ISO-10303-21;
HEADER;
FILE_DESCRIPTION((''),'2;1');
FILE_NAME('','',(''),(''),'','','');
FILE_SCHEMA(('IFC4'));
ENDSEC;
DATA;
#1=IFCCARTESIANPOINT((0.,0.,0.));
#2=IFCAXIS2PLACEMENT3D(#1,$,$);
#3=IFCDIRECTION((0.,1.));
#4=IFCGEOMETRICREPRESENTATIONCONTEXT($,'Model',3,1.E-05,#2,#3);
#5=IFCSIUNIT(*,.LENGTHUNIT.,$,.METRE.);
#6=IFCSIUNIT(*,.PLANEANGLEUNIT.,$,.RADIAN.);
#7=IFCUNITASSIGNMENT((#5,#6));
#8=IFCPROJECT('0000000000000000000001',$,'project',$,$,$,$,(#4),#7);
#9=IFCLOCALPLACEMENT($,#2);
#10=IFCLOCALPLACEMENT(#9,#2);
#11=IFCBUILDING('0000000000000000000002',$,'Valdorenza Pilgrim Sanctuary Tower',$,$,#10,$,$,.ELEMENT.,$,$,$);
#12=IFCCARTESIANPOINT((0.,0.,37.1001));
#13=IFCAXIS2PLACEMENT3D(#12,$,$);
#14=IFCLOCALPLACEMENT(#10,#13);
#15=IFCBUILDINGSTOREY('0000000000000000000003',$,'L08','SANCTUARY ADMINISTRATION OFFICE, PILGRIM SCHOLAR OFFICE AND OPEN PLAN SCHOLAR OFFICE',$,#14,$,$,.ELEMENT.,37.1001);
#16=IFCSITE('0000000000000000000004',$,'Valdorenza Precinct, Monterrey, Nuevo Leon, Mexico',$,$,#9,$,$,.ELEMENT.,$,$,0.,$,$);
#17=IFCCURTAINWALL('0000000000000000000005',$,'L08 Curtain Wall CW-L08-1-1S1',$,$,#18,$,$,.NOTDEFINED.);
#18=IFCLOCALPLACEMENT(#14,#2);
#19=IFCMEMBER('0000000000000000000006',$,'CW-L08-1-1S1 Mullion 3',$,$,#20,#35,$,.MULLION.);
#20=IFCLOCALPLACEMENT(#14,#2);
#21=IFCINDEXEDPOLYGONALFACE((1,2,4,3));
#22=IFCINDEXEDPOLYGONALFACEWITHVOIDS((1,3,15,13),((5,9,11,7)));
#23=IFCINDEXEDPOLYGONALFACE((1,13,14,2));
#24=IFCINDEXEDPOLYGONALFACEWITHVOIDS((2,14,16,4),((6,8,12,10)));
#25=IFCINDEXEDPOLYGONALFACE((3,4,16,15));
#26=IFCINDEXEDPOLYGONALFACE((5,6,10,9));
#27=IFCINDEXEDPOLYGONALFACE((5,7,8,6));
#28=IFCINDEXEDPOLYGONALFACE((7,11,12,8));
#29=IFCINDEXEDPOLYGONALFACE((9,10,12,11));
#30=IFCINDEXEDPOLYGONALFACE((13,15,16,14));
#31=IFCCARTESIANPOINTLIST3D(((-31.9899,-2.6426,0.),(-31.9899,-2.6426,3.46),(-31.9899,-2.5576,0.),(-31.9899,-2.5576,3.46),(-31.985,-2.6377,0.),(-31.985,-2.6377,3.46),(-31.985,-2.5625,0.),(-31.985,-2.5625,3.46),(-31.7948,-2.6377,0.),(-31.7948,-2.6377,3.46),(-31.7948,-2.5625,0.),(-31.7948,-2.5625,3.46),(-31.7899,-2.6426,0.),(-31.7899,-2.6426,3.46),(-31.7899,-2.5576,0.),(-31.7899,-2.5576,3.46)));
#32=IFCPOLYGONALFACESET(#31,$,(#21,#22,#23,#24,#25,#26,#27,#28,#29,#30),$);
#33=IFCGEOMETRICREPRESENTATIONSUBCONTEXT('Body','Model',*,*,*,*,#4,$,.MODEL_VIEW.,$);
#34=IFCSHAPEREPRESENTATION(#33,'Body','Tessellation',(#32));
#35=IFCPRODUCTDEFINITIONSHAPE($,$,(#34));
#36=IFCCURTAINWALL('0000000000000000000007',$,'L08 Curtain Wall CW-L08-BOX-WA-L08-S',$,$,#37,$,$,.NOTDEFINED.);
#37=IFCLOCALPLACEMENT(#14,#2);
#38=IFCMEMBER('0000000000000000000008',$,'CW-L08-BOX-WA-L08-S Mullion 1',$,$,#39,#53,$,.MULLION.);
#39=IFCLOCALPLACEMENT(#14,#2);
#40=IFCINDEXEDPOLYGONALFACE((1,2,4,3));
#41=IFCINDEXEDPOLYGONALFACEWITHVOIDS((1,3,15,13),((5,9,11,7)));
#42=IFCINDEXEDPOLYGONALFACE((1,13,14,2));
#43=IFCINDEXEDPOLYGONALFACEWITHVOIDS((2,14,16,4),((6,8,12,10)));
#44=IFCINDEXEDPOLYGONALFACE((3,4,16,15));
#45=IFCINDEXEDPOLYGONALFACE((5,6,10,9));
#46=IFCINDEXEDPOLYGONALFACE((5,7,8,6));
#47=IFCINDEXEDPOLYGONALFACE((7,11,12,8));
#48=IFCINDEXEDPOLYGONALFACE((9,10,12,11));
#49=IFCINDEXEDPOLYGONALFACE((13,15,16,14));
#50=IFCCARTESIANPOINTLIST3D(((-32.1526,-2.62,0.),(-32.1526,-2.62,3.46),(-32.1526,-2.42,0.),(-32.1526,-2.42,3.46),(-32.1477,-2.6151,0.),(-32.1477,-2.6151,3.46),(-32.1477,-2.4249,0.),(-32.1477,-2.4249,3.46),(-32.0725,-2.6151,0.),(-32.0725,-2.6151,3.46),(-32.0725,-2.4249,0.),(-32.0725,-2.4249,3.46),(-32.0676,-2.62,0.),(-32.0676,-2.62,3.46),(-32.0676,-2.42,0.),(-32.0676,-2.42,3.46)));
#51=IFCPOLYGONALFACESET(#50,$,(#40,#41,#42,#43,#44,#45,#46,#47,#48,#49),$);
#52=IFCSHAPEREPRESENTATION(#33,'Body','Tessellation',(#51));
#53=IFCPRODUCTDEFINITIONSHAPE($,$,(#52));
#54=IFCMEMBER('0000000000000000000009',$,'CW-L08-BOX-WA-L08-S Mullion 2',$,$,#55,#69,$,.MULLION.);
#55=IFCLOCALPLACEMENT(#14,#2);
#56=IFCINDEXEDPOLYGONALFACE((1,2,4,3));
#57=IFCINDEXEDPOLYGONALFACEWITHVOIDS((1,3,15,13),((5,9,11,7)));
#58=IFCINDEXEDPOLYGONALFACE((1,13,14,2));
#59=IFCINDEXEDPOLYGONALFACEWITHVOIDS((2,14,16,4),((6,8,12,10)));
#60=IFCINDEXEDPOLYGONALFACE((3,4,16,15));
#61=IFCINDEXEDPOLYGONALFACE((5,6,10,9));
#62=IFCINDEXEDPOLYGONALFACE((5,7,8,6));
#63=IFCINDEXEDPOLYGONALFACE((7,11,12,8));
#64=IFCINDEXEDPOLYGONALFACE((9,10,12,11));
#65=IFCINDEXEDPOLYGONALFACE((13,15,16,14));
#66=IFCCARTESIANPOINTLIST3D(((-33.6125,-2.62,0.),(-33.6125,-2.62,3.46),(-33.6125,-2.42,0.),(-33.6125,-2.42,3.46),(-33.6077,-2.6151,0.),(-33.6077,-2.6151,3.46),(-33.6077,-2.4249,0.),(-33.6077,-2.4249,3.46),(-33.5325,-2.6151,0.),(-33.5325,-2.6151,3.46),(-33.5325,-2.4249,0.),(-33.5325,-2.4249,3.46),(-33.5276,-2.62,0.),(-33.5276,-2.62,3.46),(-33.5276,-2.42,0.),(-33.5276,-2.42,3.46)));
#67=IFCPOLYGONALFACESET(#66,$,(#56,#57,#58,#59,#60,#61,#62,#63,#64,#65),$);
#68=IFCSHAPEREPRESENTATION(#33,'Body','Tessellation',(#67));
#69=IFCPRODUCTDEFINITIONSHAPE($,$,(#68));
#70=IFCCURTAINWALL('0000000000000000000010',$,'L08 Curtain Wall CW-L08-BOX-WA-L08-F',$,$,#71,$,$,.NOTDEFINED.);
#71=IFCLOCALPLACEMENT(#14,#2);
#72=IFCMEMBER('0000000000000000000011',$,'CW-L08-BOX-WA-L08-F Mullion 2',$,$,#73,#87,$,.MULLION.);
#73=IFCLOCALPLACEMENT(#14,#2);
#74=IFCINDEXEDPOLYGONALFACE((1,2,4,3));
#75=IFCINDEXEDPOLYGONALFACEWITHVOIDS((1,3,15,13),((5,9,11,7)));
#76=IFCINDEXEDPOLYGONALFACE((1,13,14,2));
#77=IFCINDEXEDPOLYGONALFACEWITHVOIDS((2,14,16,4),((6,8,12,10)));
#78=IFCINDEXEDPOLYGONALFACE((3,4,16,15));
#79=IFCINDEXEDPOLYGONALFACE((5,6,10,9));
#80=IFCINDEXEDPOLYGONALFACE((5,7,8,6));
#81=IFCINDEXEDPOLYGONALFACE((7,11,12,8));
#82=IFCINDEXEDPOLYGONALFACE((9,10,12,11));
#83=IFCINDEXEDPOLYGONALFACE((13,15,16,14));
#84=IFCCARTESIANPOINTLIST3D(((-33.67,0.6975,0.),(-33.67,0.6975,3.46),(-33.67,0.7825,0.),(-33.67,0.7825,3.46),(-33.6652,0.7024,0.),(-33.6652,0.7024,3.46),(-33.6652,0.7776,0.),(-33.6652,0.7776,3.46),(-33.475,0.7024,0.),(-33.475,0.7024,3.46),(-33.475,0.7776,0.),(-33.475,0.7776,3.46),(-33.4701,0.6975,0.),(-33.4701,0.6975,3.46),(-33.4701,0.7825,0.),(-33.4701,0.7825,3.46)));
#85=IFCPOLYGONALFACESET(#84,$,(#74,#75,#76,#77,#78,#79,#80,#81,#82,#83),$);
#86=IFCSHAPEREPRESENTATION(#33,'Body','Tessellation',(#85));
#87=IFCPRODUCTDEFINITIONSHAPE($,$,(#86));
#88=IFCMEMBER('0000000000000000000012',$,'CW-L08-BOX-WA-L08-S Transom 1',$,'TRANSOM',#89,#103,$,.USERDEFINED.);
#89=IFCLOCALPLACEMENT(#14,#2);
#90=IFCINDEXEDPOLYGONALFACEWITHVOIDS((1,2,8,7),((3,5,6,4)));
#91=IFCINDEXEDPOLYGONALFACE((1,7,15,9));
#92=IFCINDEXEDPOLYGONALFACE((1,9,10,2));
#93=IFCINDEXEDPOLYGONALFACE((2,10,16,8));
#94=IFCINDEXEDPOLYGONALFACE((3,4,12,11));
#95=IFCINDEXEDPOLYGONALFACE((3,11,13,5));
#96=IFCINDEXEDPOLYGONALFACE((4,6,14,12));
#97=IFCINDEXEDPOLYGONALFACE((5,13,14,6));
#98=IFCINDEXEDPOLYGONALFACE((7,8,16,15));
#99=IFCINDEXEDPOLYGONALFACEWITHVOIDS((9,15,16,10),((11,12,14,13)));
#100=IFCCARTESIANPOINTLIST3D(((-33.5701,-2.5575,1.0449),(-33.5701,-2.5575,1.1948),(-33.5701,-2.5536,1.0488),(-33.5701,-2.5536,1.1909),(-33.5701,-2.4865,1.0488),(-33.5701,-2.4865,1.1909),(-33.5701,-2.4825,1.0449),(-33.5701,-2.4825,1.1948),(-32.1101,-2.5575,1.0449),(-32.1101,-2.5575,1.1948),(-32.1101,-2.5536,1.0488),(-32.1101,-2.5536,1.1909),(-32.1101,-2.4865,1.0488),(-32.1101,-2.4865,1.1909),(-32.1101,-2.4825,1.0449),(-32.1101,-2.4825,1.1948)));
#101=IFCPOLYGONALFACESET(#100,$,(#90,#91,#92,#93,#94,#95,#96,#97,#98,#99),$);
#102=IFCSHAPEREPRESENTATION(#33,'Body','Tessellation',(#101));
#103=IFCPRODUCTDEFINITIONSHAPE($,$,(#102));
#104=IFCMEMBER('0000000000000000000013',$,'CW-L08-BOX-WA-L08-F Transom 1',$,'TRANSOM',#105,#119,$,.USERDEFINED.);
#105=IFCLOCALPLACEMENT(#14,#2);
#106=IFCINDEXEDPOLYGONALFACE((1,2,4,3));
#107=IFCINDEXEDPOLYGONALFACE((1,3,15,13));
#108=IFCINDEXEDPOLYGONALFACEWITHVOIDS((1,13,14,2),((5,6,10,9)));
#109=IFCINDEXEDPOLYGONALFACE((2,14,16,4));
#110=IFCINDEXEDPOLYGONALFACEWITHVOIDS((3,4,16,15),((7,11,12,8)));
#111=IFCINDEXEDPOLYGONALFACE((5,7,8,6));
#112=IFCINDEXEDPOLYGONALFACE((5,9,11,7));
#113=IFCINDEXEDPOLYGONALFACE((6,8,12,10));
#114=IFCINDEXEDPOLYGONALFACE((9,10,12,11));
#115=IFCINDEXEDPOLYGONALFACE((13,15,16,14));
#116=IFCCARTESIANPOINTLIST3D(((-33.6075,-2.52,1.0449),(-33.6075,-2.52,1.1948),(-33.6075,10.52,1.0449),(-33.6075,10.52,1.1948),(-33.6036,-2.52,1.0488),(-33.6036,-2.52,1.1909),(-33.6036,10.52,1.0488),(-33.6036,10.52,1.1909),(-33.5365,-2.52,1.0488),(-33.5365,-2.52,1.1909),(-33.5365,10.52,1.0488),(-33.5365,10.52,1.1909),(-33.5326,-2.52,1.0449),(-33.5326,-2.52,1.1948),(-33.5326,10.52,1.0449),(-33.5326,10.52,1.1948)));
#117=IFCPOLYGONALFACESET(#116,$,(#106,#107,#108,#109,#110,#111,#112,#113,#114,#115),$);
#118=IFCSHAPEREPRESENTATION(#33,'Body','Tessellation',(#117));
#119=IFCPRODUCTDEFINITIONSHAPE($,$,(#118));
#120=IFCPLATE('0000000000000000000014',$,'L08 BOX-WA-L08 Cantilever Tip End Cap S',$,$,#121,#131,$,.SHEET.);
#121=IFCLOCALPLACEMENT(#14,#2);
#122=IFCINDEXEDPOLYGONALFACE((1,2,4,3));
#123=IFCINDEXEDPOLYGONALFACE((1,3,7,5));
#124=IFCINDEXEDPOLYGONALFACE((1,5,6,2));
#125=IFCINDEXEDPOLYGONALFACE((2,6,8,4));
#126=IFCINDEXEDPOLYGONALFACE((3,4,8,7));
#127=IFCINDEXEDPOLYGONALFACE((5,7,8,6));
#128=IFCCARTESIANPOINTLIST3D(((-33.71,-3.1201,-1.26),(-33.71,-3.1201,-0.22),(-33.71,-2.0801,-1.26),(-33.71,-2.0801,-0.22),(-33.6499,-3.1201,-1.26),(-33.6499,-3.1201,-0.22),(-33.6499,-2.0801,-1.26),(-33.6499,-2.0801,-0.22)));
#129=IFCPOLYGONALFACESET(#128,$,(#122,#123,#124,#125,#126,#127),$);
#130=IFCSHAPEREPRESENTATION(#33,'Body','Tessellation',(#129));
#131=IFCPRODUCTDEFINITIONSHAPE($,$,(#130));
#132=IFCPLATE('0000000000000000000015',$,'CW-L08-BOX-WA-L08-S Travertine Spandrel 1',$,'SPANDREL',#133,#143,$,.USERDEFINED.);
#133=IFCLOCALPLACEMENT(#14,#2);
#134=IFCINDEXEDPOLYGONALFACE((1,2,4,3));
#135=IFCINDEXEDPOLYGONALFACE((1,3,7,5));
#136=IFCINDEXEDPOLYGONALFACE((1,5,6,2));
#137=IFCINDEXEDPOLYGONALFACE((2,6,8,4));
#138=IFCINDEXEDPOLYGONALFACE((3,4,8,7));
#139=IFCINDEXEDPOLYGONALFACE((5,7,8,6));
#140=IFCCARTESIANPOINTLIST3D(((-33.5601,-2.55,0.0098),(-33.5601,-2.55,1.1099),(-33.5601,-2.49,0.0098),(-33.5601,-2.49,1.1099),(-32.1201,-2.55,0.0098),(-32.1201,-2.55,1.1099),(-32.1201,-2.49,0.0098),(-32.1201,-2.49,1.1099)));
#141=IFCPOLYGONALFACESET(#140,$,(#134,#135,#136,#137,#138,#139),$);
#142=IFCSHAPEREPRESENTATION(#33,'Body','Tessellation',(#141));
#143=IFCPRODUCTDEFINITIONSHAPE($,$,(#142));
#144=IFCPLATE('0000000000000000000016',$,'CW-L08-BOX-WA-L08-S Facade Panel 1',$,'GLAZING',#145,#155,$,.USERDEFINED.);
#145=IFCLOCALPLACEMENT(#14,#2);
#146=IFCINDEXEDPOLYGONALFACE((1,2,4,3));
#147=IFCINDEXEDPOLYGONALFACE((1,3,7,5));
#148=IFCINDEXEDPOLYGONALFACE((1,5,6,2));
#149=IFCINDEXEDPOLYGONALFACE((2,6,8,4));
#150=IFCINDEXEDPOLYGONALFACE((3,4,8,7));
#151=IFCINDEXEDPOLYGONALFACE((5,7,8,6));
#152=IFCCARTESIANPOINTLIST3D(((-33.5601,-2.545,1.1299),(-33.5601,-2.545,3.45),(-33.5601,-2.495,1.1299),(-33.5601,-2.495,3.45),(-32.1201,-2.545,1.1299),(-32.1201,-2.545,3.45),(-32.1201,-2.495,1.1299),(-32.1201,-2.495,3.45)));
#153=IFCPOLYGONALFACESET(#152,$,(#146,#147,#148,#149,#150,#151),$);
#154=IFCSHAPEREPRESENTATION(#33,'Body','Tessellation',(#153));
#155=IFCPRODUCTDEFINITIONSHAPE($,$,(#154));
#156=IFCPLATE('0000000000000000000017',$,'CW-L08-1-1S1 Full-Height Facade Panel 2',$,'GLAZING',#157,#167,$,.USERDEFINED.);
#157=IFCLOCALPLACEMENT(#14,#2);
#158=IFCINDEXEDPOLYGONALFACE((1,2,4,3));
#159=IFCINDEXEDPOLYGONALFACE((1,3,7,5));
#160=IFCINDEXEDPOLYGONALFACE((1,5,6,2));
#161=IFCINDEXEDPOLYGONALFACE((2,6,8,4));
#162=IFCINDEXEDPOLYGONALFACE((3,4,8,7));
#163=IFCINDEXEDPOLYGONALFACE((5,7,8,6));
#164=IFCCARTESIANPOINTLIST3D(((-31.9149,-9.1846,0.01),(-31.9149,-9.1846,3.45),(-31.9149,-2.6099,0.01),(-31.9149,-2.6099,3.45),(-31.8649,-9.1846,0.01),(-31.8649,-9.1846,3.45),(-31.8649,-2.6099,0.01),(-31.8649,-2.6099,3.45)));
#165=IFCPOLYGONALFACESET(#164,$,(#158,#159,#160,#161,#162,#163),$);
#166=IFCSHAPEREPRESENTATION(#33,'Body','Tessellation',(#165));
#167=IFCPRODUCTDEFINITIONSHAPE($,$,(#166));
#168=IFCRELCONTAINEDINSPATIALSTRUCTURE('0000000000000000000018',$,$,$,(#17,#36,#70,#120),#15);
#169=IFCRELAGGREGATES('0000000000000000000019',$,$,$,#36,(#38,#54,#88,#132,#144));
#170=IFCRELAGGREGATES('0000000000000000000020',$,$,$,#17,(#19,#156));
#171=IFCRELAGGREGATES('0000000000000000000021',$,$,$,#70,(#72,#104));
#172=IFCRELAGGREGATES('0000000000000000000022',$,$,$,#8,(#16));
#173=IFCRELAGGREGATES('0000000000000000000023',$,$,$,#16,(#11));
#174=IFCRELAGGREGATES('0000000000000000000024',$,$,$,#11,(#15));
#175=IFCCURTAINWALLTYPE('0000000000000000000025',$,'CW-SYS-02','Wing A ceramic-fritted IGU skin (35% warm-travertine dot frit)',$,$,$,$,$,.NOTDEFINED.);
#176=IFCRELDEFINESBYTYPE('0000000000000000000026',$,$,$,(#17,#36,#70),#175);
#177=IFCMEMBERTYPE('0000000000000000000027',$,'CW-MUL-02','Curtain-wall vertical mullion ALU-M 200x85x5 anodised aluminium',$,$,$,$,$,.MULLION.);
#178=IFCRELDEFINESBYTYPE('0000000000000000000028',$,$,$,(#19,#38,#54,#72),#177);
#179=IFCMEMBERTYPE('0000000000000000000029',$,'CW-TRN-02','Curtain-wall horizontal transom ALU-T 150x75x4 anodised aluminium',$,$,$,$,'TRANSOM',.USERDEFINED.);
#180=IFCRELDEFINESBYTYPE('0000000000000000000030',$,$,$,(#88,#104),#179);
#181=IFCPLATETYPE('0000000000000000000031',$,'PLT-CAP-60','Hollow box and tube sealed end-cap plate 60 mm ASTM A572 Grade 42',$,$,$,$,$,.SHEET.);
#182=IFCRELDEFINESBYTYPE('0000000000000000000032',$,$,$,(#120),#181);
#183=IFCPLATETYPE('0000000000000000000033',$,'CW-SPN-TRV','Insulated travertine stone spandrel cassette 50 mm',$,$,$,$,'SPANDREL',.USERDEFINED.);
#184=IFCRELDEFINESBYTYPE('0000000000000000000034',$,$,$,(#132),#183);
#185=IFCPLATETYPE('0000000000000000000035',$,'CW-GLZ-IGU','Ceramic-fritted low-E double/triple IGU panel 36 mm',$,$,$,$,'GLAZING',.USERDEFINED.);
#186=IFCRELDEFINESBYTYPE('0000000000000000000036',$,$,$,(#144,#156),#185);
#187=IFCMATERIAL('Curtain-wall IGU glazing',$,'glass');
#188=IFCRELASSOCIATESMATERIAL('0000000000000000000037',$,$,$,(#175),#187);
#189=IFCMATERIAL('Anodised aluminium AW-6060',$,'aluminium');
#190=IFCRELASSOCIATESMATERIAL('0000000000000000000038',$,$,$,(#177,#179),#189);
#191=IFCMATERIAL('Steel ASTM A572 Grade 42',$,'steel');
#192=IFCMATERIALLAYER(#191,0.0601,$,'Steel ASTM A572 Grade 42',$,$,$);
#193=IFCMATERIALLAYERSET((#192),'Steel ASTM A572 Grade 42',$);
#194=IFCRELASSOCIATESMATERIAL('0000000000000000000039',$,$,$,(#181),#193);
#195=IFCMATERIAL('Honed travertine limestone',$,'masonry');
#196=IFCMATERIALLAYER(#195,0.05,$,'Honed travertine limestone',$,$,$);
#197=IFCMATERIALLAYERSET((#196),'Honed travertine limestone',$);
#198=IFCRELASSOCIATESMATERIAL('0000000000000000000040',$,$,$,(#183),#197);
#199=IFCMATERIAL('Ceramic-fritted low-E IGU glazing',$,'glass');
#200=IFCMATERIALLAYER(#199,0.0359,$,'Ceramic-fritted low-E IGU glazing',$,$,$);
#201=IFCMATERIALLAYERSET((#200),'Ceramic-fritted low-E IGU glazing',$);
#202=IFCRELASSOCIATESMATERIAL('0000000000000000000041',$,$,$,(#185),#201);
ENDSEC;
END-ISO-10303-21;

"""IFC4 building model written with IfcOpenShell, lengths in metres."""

from ifc_helpers import new_model, si_unit, direction, frame, origin, origin_2d, place, context, subcontext, project, spatial, rectangle, hollow_rectangle, extrude, source, transform, mapped, material, layer, layer_set, material_profile, profile_set, type_object, element, aggregate, save


model = new_model("IFC4")

# Units and contexts
model_context = context("Model", 3, precision=1e-05, world=origin(), true_north=direction((0.0, 1.0)))
body_context = subcontext(model_context, "Body", "Model", "MODEL_VIEW")
ifc_project = project(units=[si_unit("LENGTHUNIT", "METRE"), si_unit("PLANEANGLEUNIT", "RADIAN")], contexts=[model_context])

# Site, building, storey
site_placement = place(None, origin())
site = spatial("IfcSite", under=ifc_project, at=site_placement, Name="Valdorenza Precinct, Monterrey, Nuevo Leon, Mexico", CompositionType="ELEMENT", RefElevation=0.0)
building_placement = place(site_placement, origin())
building = spatial("IfcBuilding", under=site, at=building_placement, Name="Valdorenza Pilgrim Sanctuary Tower", CompositionType="ELEMENT")
storey_placement = place(building_placement, frame((0.0, 0.0, 37.1001)))
storey = spatial("IfcBuildingStorey", under=building, at=storey_placement, Name="L08", Description="SANCTUARY ADMINISTRATION OFFICE, PILGRIM SCHOLAR OFFICE AND OPEN PLAN SCHOLAR OFFICE", CompositionType="ELEMENT", Elevation=37.1001)

# Shared definitions
ifc_material_1 = material(Name="Steel ASTM A572 Grade 42", Category="steel")

# Curtain wall, member
ifc_material_2 = material(Name="Curtain-wall IGU glazing", Category="glass")
curtain_wall_type = type_object("IfcCurtainWallType", Name="CW-SYS-02", Description="Wing A ceramic-fritted IGU skin (35% warm-travertine dot frit)", PredefinedType="NOTDEFINED", material=ifc_material_2)
curtain_wall_1_placement = place(storey_placement, origin())
curtain_wall_1 = element("IfcCurtainWall", 1, at=curtain_wall_1_placement, inside=storey, type_object=curtain_wall_type, Name="L08 Curtain Wall CW-L08-1-1S1", PredefinedType="NOTDEFINED")
ifc_material_3 = material(Name="Anodised aluminium AW-6060", Category="aluminium")
ifc_material_profile_1 = material_profile(ifc_material_3, hollow_rectangle(XDim=0.085, YDim=0.2, WallThickness=0.0049, at=origin_2d()), Name="ALU-M 200x85x5")
ifc_profile_set_1 = profile_set([ifc_material_profile_1], Name="Anodised aluminium AW-6060")
member_type_1 = type_object("IfcMemberType", Name="CW-MUL-02", Description="Curtain-wall vertical mullion ALU-M 200x85x5 anodised aluminium", PredefinedType="MULLION", material=ifc_profile_set_1)
shared_shape_1 = source(origin(), body_context, "Body", "SweptSolid", [
    extrude(hollow_rectangle(XDim=0.085, YDim=0.2, WallThickness=0.0049, at=origin_2d()), origin(), (0.0, 0.0, 1.0), 3.46),
])
member_1_placement = place(storey_placement, frame((-31.8899, -2.6001, 0.0), z_axis=(0.0, 0.0, 1.0), x_axis=(0.0, 1.0, 0.0)))
member_1 = element("IfcMember", 2, at=member_1_placement, type_object=member_type_1, Name="CW-L08-1-1S1 Mullion 3", PredefinedType="MULLION", context=body_context, shape_type="MappedRepresentation", body=[
    mapped(shared_shape_1, transform((0.0, 0.0, 0.0), x_axis=(1.0, 0.0, 0.0), y_axis=(0.0, 1.0, 0.0), z_axis=(0.0, 0.0, 1.0), scale=1.0)),
])

# Curtain wall, members
curtain_wall_2_placement = place(storey_placement, origin())
curtain_wall_2 = element("IfcCurtainWall", 3, at=curtain_wall_2_placement, inside=storey, type_object=curtain_wall_type, Name="L08 Curtain Wall CW-L08-BOX-WA-L08-S", PredefinedType="NOTDEFINED")
member_2_placement = place(storey_placement, frame((-32.1101, -2.52, 0.0), z_axis=(0.0, 0.0, 1.0), x_axis=(-1.0, 0.0, 0.0)))
member_2 = element("IfcMember", 4, at=member_2_placement, type_object=member_type_1, Name="CW-L08-BOX-WA-L08-S Mullion 1", PredefinedType="MULLION", context=body_context, shape_type="MappedRepresentation", body=[
    mapped(shared_shape_1, transform((0.0, 0.0, 0.0), x_axis=(1.0, 0.0, 0.0), y_axis=(0.0, 1.0, 0.0), z_axis=(0.0, 0.0, 1.0), scale=1.0)),
])
member_3_placement = place(storey_placement, frame((-33.5701, -2.52, 0.0), z_axis=(0.0, 0.0, 1.0), x_axis=(-1.0, 0.0, 0.0)))
member_3 = element("IfcMember", 5, at=member_3_placement, type_object=member_type_1, Name="CW-L08-BOX-WA-L08-S Mullion 2", PredefinedType="MULLION", context=body_context, shape_type="MappedRepresentation", body=[
    mapped(shared_shape_1, transform((0.0, 0.0, 0.0), x_axis=(1.0, 0.0, 0.0), y_axis=(0.0, 1.0, 0.0), z_axis=(0.0, 0.0, 1.0), scale=1.0)),
])

# Curtain wall, member
curtain_wall_3_placement = place(storey_placement, origin())
curtain_wall_3 = element("IfcCurtainWall", 6, at=curtain_wall_3_placement, inside=storey, type_object=curtain_wall_type, Name="L08 Curtain Wall CW-L08-BOX-WA-L08-F", PredefinedType="NOTDEFINED")
member_4_placement = place(storey_placement, frame((-33.5701, 0.74, 0.0), z_axis=(0.0, 0.0, 1.0), x_axis=(0.0, 1.0, 0.0)))
member_4 = element("IfcMember", 7, at=member_4_placement, type_object=member_type_1, Name="CW-L08-BOX-WA-L08-F Mullion 2", PredefinedType="MULLION", context=body_context, shape_type="MappedRepresentation", body=[
    mapped(shared_shape_1, transform((0.0, 0.0, 0.0), x_axis=(1.0, 0.0, 0.0), y_axis=(0.0, 1.0, 0.0), z_axis=(0.0, 0.0, 1.0), scale=1.0)),
])

# Members
ifc_material_profile_2 = material_profile(ifc_material_3, hollow_rectangle(XDim=0.075, YDim=0.1499, WallThickness=0.0039, at=origin_2d()), Name="ALU-T 150x75x4")
ifc_profile_set_2 = profile_set([ifc_material_profile_2], Name="Anodised aluminium AW-6060")
member_type_2 = type_object("IfcMemberType", Name="CW-TRN-02", Description="Curtain-wall horizontal transom ALU-T 150x75x4 anodised aluminium", ElementType="TRANSOM", PredefinedType="USERDEFINED", material=ifc_profile_set_2)
shared_shape_2 = source(origin(), body_context, "Body", "SweptSolid", [
    extrude(hollow_rectangle(XDim=0.075, YDim=0.1499, WallThickness=0.0039, at=origin_2d()), origin(), (0.0, 0.0, 1.0), 1.46),
])
member_5_placement = place(storey_placement, frame((-32.1101, -2.52, 1.1199), z_axis=(-1.0, 0.0, 0.0), x_axis=(0.0, -1.0, 0.0)))
member_5 = element("IfcMember", 8, at=member_5_placement, type_object=member_type_2, Name="CW-L08-BOX-WA-L08-S Transom 1", ObjectType="TRANSOM", PredefinedType="USERDEFINED", context=body_context, shape_type="MappedRepresentation", body=[
    mapped(shared_shape_2, transform((0.0, 0.0, 0.0), x_axis=(1.0, 0.0, 0.0), y_axis=(0.0, 1.0, 0.0), z_axis=(0.0, 0.0, 1.0), scale=1.0)),
])
shared_shape_3 = source(origin(), body_context, "Body", "SweptSolid", [
    extrude(hollow_rectangle(XDim=0.075, YDim=0.1499, WallThickness=0.0039, at=origin_2d()), origin(), (0.0, 0.0, 1.0), 13.04),
])
member_6_placement = place(storey_placement, frame((-33.5701, -2.52, 1.1199), z_axis=(0.0, 1.0, 0.0), x_axis=(-1.0, 0.0, 0.0)))
member_6 = element("IfcMember", 9, at=member_6_placement, type_object=member_type_2, Name="CW-L08-BOX-WA-L08-F Transom 1", ObjectType="TRANSOM", PredefinedType="USERDEFINED", context=body_context, shape_type="MappedRepresentation", body=[
    mapped(shared_shape_3, transform((0.0, 0.0, 0.0), x_axis=(1.0, 0.0, 0.0), y_axis=(0.0, 1.0, 0.0), z_axis=(0.0, 0.0, 1.0), scale=1.0)),
])

# Plates
ifc_layer_1 = layer(ifc_material_1, 0.0601, Name="Steel ASTM A572 Grade 42")
ifc_layer_set_1 = layer_set([ifc_layer_1], Name="Steel ASTM A572 Grade 42")
plate_type_1 = type_object("IfcPlateType", Name="PLT-CAP-60", Description="Hollow box and tube sealed end-cap plate 60 mm ASTM A572 Grade 42", PredefinedType="SHEET", material=ifc_layer_set_1)
shared_shape_4 = source(origin(), body_context, "Body", "SweptSolid", [
    extrude(rectangle(XDim=0.0601, YDim=1.04, at=origin_2d()), origin(), (0.0, 0.0, 1.0), 1.04),
])
plate_1_placement = place(storey_placement, frame((-33.6799, -2.6001, -1.26), z_axis=(0.0, 0.0, 1.0), x_axis=(1.0, 0.0, 0.0)))
element("IfcPlate", 10, at=plate_1_placement, inside=storey, type_object=plate_type_1, Name="L08 BOX-WA-L08 Cantilever Tip End Cap S", PredefinedType="SHEET", context=body_context, shape_type="MappedRepresentation", body=[
    mapped(shared_shape_4, transform((0.0, 0.0, 0.0), x_axis=(1.0, 0.0, 0.0), y_axis=(0.0, 1.0, 0.0), z_axis=(0.0, 0.0, 1.0), scale=1.0)),
])
ifc_material_4 = material(Name="Honed travertine limestone", Category="masonry")
ifc_layer_2 = layer(ifc_material_4, 0.05, Name="Honed travertine limestone")
ifc_layer_set_2 = layer_set([ifc_layer_2], Name="Honed travertine limestone")
plate_type_2 = type_object("IfcPlateType", Name="CW-SPN-TRV", Description="Insulated travertine stone spandrel cassette 50 mm", ElementType="SPANDREL", PredefinedType="USERDEFINED", material=ifc_layer_set_2)
shared_shape_5 = source(origin(), body_context, "Body", "SweptSolid", [
    extrude(rectangle(XDim=1.4399, YDim=0.0601, at=origin_2d()), origin(), (0.0, 0.0, 1.0), 1.1001),
])
plate_2_placement = place(storey_placement, frame((-32.8401, -2.52, 0.0098), z_axis=(0.0, 0.0, 1.0), x_axis=(-1.0, 0.0, 0.0)))
plate_2 = element("IfcPlate", 11, at=plate_2_placement, type_object=plate_type_2, Name="CW-L08-BOX-WA-L08-S Travertine Spandrel 1", ObjectType="SPANDREL", PredefinedType="USERDEFINED", context=body_context, shape_type="MappedRepresentation", body=[
    mapped(shared_shape_5, transform((0.0, 0.0, 0.0), x_axis=(1.0, 0.0, 0.0), y_axis=(0.0, 1.0, 0.0), z_axis=(0.0, 0.0, 1.0), scale=1.0)),
])
ifc_material_5 = material(Name="Ceramic-fritted low-E IGU glazing", Category="glass")
ifc_layer_3 = layer(ifc_material_5, 0.0359, Name="Ceramic-fritted low-E IGU glazing")
ifc_layer_set_3 = layer_set([ifc_layer_3], Name="Ceramic-fritted low-E IGU glazing")
plate_type_3 = type_object("IfcPlateType", Name="CW-GLZ-IGU", Description="Ceramic-fritted low-E double/triple IGU panel 36 mm", ElementType="GLAZING", PredefinedType="USERDEFINED", material=ifc_layer_set_3)
shared_shape_6 = source(origin(), body_context, "Body", "SweptSolid", [
    extrude(rectangle(XDim=1.4399, YDim=0.05, at=origin_2d()), origin(), (0.0, 0.0, 1.0), 2.3201),
])
plate_3_placement = place(storey_placement, frame((-32.8401, -2.52, 1.1299), z_axis=(0.0, 0.0, 1.0), x_axis=(-1.0, 0.0, 0.0)))
plate_3 = element("IfcPlate", 12, at=plate_3_placement, type_object=plate_type_3, Name="CW-L08-BOX-WA-L08-S Facade Panel 1", ObjectType="GLAZING", PredefinedType="USERDEFINED", context=body_context, shape_type="MappedRepresentation", body=[
    mapped(shared_shape_6, transform((0.0, 0.0, 0.0), x_axis=(1.0, 0.0, 0.0), y_axis=(0.0, 1.0, 0.0), z_axis=(0.0, 0.0, 1.0), scale=1.0)),
])
aggregate(curtain_wall_2, [member_2, member_3, member_5, plate_2, plate_3])
shared_shape_7 = source(origin(), body_context, "Body", "SweptSolid", [
    extrude(rectangle(XDim=6.5747, YDim=0.05, at=origin_2d()), origin(), (0.0, 0.0, 1.0), 3.4399),
])
plate_4_placement = place(storey_placement, frame((-31.8899, -5.8972, 0.01), z_axis=(0.0, 0.0, 1.0), x_axis=(0.0, 1.0, 0.0)))
plate_4 = element("IfcPlate", 13, at=plate_4_placement, type_object=plate_type_3, Name="CW-L08-1-1S1 Full-Height Facade Panel 2", ObjectType="GLAZING", PredefinedType="USERDEFINED", context=body_context, shape_type="MappedRepresentation", body=[
    mapped(shared_shape_7, transform((0.0, 0.0, 0.0), x_axis=(1.0, 0.0, 0.0), y_axis=(0.0, 1.0, 0.0), z_axis=(0.0, 0.0, 1.0), scale=1.0)),
])
aggregate(curtain_wall_1, [member_1, plate_4])
aggregate(curtain_wall_3, [member_4, member_6])

save(model, "model.ifc")
